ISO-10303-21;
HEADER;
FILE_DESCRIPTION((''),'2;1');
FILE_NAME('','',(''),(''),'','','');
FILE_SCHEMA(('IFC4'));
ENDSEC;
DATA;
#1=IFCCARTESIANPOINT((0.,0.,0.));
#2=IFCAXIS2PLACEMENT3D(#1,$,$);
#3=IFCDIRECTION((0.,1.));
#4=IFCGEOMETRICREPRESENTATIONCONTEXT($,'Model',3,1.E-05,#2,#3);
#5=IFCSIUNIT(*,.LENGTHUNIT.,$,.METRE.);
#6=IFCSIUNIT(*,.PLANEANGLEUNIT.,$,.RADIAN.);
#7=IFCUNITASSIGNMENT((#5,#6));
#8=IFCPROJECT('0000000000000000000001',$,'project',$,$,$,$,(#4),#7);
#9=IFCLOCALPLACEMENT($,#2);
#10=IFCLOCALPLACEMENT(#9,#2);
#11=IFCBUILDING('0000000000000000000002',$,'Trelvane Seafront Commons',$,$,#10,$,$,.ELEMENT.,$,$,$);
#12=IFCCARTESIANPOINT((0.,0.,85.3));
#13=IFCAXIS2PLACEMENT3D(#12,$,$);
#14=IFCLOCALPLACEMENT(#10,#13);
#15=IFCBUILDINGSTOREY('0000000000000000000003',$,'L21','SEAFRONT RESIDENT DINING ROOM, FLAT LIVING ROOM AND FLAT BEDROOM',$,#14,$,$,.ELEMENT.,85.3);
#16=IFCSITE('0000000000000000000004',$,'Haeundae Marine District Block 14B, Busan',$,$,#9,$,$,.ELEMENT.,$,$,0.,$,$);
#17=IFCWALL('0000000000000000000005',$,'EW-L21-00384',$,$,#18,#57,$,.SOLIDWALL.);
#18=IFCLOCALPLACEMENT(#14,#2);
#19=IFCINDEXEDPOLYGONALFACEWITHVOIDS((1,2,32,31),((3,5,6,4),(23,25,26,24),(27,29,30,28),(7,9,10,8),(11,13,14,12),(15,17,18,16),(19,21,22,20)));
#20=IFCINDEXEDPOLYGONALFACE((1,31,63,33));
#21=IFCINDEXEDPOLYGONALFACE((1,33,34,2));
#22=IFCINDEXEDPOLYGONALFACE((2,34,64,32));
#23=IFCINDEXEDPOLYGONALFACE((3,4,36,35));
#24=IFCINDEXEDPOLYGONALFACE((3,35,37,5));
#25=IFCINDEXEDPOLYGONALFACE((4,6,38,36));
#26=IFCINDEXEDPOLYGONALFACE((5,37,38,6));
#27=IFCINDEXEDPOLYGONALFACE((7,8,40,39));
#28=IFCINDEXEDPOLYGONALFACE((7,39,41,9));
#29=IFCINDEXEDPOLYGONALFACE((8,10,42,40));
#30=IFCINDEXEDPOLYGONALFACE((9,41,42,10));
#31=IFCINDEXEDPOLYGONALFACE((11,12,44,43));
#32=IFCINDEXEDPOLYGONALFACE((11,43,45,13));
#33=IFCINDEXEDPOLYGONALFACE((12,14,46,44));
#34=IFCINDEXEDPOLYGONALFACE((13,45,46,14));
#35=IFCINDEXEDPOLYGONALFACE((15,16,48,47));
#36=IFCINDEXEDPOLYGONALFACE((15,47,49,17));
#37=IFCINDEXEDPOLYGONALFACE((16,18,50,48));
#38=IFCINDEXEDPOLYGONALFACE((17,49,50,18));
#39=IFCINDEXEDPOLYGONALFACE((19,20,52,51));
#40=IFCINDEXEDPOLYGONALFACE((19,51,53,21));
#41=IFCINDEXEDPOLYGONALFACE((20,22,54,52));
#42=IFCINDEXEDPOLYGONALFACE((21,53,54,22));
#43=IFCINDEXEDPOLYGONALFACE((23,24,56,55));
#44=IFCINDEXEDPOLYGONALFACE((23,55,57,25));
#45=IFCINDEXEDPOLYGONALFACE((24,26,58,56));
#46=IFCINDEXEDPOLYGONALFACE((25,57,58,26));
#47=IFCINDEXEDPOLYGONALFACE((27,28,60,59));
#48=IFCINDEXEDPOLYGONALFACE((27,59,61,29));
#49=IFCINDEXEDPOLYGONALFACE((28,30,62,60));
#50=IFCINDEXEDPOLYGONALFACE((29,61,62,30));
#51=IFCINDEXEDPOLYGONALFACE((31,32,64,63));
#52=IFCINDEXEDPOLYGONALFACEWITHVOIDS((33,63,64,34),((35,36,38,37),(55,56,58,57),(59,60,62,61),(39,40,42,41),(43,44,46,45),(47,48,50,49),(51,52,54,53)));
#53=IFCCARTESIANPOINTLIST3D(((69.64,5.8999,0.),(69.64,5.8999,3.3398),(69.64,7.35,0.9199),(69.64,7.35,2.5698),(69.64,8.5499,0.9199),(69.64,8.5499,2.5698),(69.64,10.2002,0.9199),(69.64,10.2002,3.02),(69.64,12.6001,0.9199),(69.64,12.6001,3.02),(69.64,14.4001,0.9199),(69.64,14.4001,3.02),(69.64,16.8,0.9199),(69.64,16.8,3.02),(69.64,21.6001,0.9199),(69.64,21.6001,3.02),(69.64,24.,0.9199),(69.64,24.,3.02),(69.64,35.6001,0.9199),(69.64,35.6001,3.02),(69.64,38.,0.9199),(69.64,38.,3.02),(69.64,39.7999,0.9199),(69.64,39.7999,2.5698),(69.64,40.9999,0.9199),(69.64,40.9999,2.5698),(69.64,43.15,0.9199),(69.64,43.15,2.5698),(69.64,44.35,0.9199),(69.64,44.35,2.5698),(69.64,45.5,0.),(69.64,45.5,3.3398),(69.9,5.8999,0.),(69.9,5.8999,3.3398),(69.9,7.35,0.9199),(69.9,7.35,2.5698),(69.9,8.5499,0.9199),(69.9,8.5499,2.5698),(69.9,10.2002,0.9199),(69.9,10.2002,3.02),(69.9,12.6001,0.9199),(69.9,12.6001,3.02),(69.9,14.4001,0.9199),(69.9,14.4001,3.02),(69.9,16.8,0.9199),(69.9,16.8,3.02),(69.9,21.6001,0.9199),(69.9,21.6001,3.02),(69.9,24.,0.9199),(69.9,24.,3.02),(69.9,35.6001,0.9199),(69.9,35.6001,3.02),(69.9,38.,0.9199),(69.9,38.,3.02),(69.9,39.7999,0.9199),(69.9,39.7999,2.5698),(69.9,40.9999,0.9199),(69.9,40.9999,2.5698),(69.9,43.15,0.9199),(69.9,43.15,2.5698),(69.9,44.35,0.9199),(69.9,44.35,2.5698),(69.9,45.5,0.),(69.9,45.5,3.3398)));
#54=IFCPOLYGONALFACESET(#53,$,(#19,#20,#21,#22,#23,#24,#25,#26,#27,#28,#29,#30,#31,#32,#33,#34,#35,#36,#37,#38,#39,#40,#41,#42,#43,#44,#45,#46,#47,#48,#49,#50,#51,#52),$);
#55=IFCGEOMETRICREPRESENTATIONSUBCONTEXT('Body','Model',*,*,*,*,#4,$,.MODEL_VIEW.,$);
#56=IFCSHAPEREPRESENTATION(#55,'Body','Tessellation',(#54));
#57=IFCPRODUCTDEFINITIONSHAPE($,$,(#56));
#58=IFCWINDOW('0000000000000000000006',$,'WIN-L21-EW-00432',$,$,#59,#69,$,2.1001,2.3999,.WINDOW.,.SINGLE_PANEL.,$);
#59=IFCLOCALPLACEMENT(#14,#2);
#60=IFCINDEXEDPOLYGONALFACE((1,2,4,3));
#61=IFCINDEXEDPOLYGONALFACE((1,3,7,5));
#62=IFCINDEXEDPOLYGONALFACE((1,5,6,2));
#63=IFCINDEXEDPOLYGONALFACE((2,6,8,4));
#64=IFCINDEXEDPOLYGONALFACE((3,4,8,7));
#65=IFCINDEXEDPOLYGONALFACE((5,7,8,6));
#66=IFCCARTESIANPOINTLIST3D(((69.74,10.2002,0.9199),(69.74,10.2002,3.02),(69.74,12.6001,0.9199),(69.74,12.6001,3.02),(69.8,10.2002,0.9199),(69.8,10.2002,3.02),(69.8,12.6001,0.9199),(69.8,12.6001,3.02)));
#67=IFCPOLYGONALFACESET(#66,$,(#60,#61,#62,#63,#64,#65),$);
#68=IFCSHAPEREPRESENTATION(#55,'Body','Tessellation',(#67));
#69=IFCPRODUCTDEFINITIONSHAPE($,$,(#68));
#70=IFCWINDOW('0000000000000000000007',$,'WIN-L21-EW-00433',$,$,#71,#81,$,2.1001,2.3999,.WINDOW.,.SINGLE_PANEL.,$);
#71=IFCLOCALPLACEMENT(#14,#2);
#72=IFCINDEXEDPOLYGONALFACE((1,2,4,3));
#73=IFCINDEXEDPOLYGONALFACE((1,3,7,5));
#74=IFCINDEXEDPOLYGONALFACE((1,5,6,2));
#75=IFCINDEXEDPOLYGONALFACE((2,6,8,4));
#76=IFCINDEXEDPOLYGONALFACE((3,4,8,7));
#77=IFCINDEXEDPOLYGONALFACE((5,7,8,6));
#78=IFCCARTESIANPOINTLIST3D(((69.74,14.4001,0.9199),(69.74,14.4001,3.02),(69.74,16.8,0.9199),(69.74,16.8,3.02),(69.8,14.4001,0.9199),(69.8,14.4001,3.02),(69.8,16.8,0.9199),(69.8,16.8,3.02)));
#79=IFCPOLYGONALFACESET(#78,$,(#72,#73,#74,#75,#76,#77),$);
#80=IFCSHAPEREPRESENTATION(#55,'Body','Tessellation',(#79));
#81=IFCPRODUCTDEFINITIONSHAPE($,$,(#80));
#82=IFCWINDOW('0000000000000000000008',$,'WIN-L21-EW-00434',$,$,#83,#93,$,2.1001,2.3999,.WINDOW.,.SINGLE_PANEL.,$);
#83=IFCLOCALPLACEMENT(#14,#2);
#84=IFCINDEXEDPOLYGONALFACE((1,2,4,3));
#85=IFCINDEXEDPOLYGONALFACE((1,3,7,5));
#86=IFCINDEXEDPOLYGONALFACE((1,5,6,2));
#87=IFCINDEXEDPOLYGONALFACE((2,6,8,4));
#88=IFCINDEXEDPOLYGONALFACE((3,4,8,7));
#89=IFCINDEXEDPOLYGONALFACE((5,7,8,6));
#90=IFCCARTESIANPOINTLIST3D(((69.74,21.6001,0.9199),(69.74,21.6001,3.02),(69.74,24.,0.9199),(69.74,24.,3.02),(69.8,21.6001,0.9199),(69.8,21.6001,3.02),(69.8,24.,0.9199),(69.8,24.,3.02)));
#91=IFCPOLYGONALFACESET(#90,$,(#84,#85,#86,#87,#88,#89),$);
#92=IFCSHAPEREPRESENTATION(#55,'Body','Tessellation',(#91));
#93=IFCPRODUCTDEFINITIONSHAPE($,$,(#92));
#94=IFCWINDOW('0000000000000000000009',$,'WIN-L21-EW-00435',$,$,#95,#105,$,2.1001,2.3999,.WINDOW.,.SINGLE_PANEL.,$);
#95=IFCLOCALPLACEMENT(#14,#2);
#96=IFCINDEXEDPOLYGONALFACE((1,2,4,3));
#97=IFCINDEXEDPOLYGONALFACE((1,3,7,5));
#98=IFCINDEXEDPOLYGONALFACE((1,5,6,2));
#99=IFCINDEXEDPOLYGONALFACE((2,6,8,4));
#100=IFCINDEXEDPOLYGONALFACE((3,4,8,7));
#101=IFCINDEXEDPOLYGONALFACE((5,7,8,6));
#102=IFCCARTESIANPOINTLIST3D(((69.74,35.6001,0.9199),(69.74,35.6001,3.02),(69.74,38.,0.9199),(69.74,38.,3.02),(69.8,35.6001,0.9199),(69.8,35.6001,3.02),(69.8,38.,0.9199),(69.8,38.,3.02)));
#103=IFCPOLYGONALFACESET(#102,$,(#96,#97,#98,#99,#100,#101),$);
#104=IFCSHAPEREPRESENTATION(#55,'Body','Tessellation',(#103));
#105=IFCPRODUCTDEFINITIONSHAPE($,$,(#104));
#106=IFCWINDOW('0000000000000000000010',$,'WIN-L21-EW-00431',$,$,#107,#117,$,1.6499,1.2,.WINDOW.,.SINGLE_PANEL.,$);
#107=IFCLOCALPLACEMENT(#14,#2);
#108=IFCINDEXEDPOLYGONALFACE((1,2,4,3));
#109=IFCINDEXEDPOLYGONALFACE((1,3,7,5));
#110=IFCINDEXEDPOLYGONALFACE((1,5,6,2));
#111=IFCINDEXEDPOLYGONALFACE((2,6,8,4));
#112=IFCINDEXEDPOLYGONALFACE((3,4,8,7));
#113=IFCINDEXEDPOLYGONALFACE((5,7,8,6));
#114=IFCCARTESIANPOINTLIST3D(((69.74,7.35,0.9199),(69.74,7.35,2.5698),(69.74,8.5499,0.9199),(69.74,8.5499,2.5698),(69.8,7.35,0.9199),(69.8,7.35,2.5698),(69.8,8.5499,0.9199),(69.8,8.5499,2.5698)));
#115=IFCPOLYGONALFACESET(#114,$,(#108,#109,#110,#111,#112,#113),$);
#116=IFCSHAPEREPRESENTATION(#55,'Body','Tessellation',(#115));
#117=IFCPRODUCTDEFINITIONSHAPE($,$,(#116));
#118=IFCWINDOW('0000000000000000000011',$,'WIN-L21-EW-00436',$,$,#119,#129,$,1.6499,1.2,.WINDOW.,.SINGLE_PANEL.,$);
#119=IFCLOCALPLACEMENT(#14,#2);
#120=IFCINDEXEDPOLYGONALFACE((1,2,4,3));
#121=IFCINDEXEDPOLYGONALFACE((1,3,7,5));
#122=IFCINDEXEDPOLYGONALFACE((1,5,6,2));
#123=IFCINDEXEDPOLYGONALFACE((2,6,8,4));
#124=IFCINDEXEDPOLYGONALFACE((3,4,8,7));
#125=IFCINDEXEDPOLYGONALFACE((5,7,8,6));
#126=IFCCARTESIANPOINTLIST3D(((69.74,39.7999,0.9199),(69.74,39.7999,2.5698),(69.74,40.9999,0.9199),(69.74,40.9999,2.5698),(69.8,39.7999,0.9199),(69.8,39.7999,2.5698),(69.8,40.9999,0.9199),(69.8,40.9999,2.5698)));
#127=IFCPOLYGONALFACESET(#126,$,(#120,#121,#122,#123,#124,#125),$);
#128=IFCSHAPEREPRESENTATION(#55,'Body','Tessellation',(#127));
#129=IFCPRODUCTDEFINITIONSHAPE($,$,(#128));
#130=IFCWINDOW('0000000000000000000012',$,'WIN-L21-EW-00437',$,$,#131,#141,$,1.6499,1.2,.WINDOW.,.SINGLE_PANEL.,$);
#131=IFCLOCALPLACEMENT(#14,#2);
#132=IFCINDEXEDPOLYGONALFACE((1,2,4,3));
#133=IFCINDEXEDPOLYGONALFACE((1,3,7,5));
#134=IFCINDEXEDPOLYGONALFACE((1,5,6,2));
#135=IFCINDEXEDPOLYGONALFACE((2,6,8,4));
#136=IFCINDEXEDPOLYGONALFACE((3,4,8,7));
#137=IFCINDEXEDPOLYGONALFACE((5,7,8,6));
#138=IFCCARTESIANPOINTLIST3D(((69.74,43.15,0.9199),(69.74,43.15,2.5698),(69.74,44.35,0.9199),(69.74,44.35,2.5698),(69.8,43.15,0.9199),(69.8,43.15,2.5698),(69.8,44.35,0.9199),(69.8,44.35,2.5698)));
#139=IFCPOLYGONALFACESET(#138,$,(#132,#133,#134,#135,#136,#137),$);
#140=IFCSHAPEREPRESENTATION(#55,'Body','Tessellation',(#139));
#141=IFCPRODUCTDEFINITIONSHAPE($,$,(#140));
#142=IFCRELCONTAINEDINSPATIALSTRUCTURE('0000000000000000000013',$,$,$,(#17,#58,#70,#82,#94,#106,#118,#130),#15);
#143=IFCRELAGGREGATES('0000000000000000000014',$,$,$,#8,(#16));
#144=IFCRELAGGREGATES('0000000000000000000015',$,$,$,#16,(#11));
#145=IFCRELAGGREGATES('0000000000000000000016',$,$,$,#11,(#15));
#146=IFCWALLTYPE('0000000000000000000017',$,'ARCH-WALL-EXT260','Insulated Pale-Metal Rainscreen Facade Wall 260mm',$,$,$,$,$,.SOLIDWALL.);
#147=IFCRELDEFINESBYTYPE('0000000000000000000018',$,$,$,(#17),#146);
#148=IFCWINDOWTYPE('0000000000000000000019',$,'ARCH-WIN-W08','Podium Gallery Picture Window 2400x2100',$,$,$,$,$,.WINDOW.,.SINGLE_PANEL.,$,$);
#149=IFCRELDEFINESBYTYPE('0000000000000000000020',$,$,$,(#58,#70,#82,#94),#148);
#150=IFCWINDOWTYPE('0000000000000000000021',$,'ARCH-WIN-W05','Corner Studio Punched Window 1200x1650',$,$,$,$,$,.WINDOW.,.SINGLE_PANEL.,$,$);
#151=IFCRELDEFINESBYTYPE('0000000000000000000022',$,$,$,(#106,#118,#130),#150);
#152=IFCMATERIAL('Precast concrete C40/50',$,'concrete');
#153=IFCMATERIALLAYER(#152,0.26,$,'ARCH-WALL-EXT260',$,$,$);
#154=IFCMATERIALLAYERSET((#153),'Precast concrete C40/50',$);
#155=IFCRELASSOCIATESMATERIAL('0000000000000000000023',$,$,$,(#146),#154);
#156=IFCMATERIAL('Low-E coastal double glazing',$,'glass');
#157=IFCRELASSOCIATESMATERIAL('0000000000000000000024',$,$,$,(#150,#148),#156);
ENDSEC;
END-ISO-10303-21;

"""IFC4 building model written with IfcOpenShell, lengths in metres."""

from ifc_helpers import new_model, si_unit, direction, frame, frame_2d, origin, place, context, subcontext, project, spatial, rectangle, extrude, source, transform, mapped, material, layer, layer_set, type_object, element, fill, save


model = new_model("IFC4")

# Units and contexts
model_context = context("Model", 3, precision=1e-05, world=origin(), true_north=direction((0.0, 1.0)))
body_context = subcontext(model_context, "Body", "Model", "MODEL_VIEW")
ifc_project = project(units=[si_unit("LENGTHUNIT", "METRE"), si_unit("PLANEANGLEUNIT", "RADIAN")], contexts=[model_context])

# Site, building, storey
site_placement = place(None, origin())
site = spatial("IfcSite", under=ifc_project, at=site_placement, Name="Haeundae Marine District Block 14B, Busan", CompositionType="ELEMENT", RefElevation=0.0)
building_placement = place(site_placement, origin())
building = spatial("IfcBuilding", under=site, at=building_placement, Name="Trelvane Seafront Commons", CompositionType="ELEMENT")
storey_placement = place(building_placement, frame((0.0, 0.0, 85.3)))
storey = spatial("IfcBuildingStorey", under=building, at=storey_placement, Name="L21", Description="SEAFRONT RESIDENT DINING ROOM, FLAT LIVING ROOM AND FLAT BEDROOM", CompositionType="ELEMENT", Elevation=85.3)

# Shared definitions
ifc_material_1 = material(Name="Precast concrete C40/50", Category="concrete")
ifc_layer_1 = layer(ifc_material_1, 0.26, Name="ARCH-WALL-EXT260")
ifc_layer_set_1 = layer_set([ifc_layer_1], Name="Precast concrete C40/50")
wall_type_1 = type_object("IfcWallType", Name="ARCH-WALL-EXT260", Description="Insulated Pale-Metal Rainscreen Facade Wall 260mm", PredefinedType="SOLIDWALL", material=ifc_layer_set_1)
ifc_material_2 = material(Name="Low-E coastal double glazing", Category="glass")
window_type_1 = type_object("IfcWindowType", Name="ARCH-WIN-W05", Description="Corner Studio Punched Window 1200x1650", PartitioningType="SINGLE_PANEL", PredefinedType="WINDOW", material=ifc_material_2)
shared_shape_1 = source(origin(), body_context, "Body", "SweptSolid", [
    extrude(rectangle(XDim=1.2, YDim=1.6499, at=frame_2d((0.6001, 0.825))), frame((0.0, 0.03, 0.0), z_axis=(0.0, -1.0, 0.0), x_axis=(1.0, 0.0, 0.0)), (0.0, 0.0, 1.0), 0.0601),
])

# Wall, openings, windows
wall_1_placement = place(storey_placement, frame((69.77, 45.5, 0.0), z_axis=(0.0, 0.0, 1.0), x_axis=(0.0, -1.0, 0.0)))
wall_1 = element("IfcWall", 1, at=wall_1_placement, inside=storey, type_object=wall_type_1, Name="EW-L21-00384", PredefinedType="SOLIDWALL", context=body_context, shape_type="SweptSolid", body=[
    extrude(rectangle(XDim=39.6001, YDim=0.26, at=frame_2d((19.8, 0.0))), origin(), (0.0, 0.0, 1.0), 3.3398),
])
opening_1_placement = place(wall_1_placement, frame((36.95, 0.0, 0.9199)))
opening_1 = element("IfcOpeningElement", 2, at=opening_1_placement, cuts=wall_1, PredefinedType="OPENING", context=body_context, shape_type="SweptSolid", body=[
    extrude(rectangle(XDim=1.2, YDim=1.6499, at=frame_2d((0.6001, 0.825))), frame((0.0, 0.1399, 0.0), z_axis=(0.0, -1.0, 0.0), x_axis=(1.0, 0.0, 0.0)), (0.0, 0.0, 1.0), 0.28),
])
opening_2_placement = place(wall_1_placement, frame((32.8999, 0.0, 0.9199)))
opening_2 = element("IfcOpeningElement", 3, at=opening_2_placement, cuts=wall_1, PredefinedType="OPENING", context=body_context, shape_type="SweptSolid", body=[
    extrude(rectangle(XDim=2.3999, YDim=2.1001, at=frame_2d((1.2, 1.05))), frame((0.0, 0.1399, 0.0), z_axis=(0.0, -1.0, 0.0), x_axis=(1.0, 0.0, 0.0)), (0.0, 0.0, 1.0), 0.28),
])
opening_3_placement = place(wall_1_placement, frame((28.7, 0.0, 0.9199)))
opening_3 = element("IfcOpeningElement", 4, at=opening_3_placement, cuts=wall_1, PredefinedType="OPENING", context=body_context, shape_type="SweptSolid", body=[
    extrude(rectangle(XDim=2.3999, YDim=2.1001, at=frame_2d((1.2, 1.05))), frame((0.0, 0.1399, 0.0), z_axis=(0.0, -1.0, 0.0), x_axis=(1.0, 0.0, 0.0)), (0.0, 0.0, 1.0), 0.28),
])
opening_4_placement = place(wall_1_placement, frame((21.5, 0.0, 0.9199)))
opening_4 = element("IfcOpeningElement", 5, at=opening_4_placement, cuts=wall_1, PredefinedType="OPENING", context=body_context, shape_type="SweptSolid", body=[
    extrude(rectangle(XDim=2.3999, YDim=2.1001, at=frame_2d((1.2, 1.05))), frame((0.0, 0.1399, 0.0), z_axis=(0.0, -1.0, 0.0), x_axis=(1.0, 0.0, 0.0)), (0.0, 0.0, 1.0), 0.28),
])
opening_5_placement = place(wall_1_placement, frame((7.5, 0.0, 0.9199)))
opening_5 = element("IfcOpeningElement", 6, at=opening_5_placement, cuts=wall_1, PredefinedType="OPENING", context=body_context, shape_type="SweptSolid", body=[
    extrude(rectangle(XDim=2.3999, YDim=2.1001, at=frame_2d((1.2, 1.05))), frame((0.0, 0.1399, 0.0), z_axis=(0.0, -1.0, 0.0), x_axis=(1.0, 0.0, 0.0)), (0.0, 0.0, 1.0), 0.28),
])
opening_6_placement = place(wall_1_placement, frame((4.5, 0.0, 0.9199)))
opening_6 = element("IfcOpeningElement", 7, at=opening_6_placement, cuts=wall_1, PredefinedType="OPENING", context=body_context, shape_type="SweptSolid", body=[
    extrude(rectangle(XDim=1.2, YDim=1.6499, at=frame_2d((0.6001, 0.825))), frame((0.0, 0.1399, 0.0), z_axis=(0.0, -1.0, 0.0), x_axis=(1.0, 0.0, 0.0)), (0.0, 0.0, 1.0), 0.28),
])
opening_7_placement = place(wall_1_placement, frame((1.1499, 0.0, 0.9199)))
opening_7 = element("IfcOpeningElement", 8, at=opening_7_placement, cuts=wall_1, PredefinedType="OPENING", context=body_context, shape_type="SweptSolid", body=[
    extrude(rectangle(XDim=1.2, YDim=1.6499, at=frame_2d((0.6001, 0.825))), frame((0.0, 0.1399, 0.0), z_axis=(0.0, -1.0, 0.0), x_axis=(1.0, 0.0, 0.0)), (0.0, 0.0, 1.0), 0.28),
])
window_type_2 = type_object("IfcWindowType", Name="ARCH-WIN-W08", Description="Podium Gallery Picture Window 2400x2100", PartitioningType="SINGLE_PANEL", PredefinedType="WINDOW", material=ifc_material_2)
shared_shape_2 = source(origin(), body_context, "Body", "SweptSolid", [
    extrude(rectangle(XDim=2.3999, YDim=2.1001, at=frame_2d((1.2, 1.05))), frame((0.0, 0.03, 0.0), z_axis=(0.0, -1.0, 0.0), x_axis=(1.0, 0.0, 0.0)), (0.0, 0.0, 1.0), 0.0601),
])
window_1_placement = place(opening_2_placement, origin())
window_1 = element("IfcWindow", 9, at=window_1_placement, inside=storey, type_object=window_type_2, Name="WIN-L21-EW-00432", OverallHeight=2.1001, OverallWidth=2.3999, PartitioningType="SINGLE_PANEL", PredefinedType="WINDOW", context=body_context, shape_type="MappedRepresentation", body=[
    mapped(shared_shape_2, transform((0.0, 0.0, 0.0), x_axis=(1.0, 0.0, 0.0), y_axis=(0.0, 1.0, 0.0), z_axis=(0.0, 0.0, 1.0), scale=1.0)),
])
fill(opening_2, window_1)
window_2_placement = place(opening_3_placement, origin())
window_2 = element("IfcWindow", 10, at=window_2_placement, inside=storey, type_object=window_type_2, Name="WIN-L21-EW-00433", OverallHeight=2.1001, OverallWidth=2.3999, PartitioningType="SINGLE_PANEL", PredefinedType="WINDOW", context=body_context, shape_type="MappedRepresentation", body=[
    mapped(shared_shape_2, transform((0.0, 0.0, 0.0), x_axis=(1.0, 0.0, 0.0), y_axis=(0.0, 1.0, 0.0), z_axis=(0.0, 0.0, 1.0), scale=1.0)),
])
fill(opening_3, window_2)
window_3_placement = place(opening_4_placement, origin())
window_3 = element("IfcWindow", 11, at=window_3_placement, inside=storey, type_object=window_type_2, Name="WIN-L21-EW-00434", OverallHeight=2.1001, OverallWidth=2.3999, PartitioningType="SINGLE_PANEL", PredefinedType="WINDOW", context=body_context, shape_type="MappedRepresentation", body=[
    mapped(shared_shape_2, transform((0.0, 0.0, 0.0), x_axis=(1.0, 0.0, 0.0), y_axis=(0.0, 1.0, 0.0), z_axis=(0.0, 0.0, 1.0), scale=1.0)),
])
fill(opening_4, window_3)
window_4_placement = place(opening_5_placement, origin())
window_4 = element("IfcWindow", 12, at=window_4_placement, inside=storey, type_object=window_type_2, Name="WIN-L21-EW-00435", OverallHeight=2.1001, OverallWidth=2.3999, PartitioningType="SINGLE_PANEL", PredefinedType="WINDOW", context=body_context, shape_type="MappedRepresentation", body=[
    mapped(shared_shape_2, transform((0.0, 0.0, 0.0), x_axis=(1.0, 0.0, 0.0), y_axis=(0.0, 1.0, 0.0), z_axis=(0.0, 0.0, 1.0), scale=1.0)),
])
fill(opening_5, window_4)
window_5_placement = place(opening_1_placement, origin())
window_5 = element("IfcWindow", 13, at=window_5_placement, inside=storey, type_object=window_type_1, Name="WIN-L21-EW-00431", OverallHeight=1.6499, OverallWidth=1.2, PartitioningType="SINGLE_PANEL", PredefinedType="WINDOW", context=body_context, shape_type="MappedRepresentation", body=[
    mapped(shared_shape_1, transform((0.0, 0.0, 0.0), x_axis=(1.0, 0.0, 0.0), y_axis=(0.0, 1.0, 0.0), z_axis=(0.0, 0.0, 1.0), scale=1.0)),
])
fill(opening_1, window_5)
window_6_placement = place(opening_6_placement, origin())
window_6 = element("IfcWindow", 14, at=window_6_placement, inside=storey, type_object=window_type_1, Name="WIN-L21-EW-00436", OverallHeight=1.6499, OverallWidth=1.2, PartitioningType="SINGLE_PANEL", PredefinedType="WINDOW", context=body_context, shape_type="MappedRepresentation", body=[
    mapped(shared_shape_1, transform((0.0, 0.0, 0.0), x_axis=(1.0, 0.0, 0.0), y_axis=(0.0, 1.0, 0.0), z_axis=(0.0, 0.0, 1.0), scale=1.0)),
])
fill(opening_6, window_6)
window_7_placement = place(opening_7_placement, origin())
window_7 = element("IfcWindow", 15, at=window_7_placement, inside=storey, type_object=window_type_1, Name="WIN-L21-EW-00437", OverallHeight=1.6499, OverallWidth=1.2, PartitioningType="SINGLE_PANEL", PredefinedType="WINDOW", context=body_context, shape_type="MappedRepresentation", body=[
    mapped(shared_shape_1, transform((0.0, 0.0, 0.0), x_axis=(1.0, 0.0, 0.0), y_axis=(0.0, 1.0, 0.0), z_axis=(0.0, 0.0, 1.0), scale=1.0)),
])
fill(opening_7, window_7)

save(model, "model.ifc")
